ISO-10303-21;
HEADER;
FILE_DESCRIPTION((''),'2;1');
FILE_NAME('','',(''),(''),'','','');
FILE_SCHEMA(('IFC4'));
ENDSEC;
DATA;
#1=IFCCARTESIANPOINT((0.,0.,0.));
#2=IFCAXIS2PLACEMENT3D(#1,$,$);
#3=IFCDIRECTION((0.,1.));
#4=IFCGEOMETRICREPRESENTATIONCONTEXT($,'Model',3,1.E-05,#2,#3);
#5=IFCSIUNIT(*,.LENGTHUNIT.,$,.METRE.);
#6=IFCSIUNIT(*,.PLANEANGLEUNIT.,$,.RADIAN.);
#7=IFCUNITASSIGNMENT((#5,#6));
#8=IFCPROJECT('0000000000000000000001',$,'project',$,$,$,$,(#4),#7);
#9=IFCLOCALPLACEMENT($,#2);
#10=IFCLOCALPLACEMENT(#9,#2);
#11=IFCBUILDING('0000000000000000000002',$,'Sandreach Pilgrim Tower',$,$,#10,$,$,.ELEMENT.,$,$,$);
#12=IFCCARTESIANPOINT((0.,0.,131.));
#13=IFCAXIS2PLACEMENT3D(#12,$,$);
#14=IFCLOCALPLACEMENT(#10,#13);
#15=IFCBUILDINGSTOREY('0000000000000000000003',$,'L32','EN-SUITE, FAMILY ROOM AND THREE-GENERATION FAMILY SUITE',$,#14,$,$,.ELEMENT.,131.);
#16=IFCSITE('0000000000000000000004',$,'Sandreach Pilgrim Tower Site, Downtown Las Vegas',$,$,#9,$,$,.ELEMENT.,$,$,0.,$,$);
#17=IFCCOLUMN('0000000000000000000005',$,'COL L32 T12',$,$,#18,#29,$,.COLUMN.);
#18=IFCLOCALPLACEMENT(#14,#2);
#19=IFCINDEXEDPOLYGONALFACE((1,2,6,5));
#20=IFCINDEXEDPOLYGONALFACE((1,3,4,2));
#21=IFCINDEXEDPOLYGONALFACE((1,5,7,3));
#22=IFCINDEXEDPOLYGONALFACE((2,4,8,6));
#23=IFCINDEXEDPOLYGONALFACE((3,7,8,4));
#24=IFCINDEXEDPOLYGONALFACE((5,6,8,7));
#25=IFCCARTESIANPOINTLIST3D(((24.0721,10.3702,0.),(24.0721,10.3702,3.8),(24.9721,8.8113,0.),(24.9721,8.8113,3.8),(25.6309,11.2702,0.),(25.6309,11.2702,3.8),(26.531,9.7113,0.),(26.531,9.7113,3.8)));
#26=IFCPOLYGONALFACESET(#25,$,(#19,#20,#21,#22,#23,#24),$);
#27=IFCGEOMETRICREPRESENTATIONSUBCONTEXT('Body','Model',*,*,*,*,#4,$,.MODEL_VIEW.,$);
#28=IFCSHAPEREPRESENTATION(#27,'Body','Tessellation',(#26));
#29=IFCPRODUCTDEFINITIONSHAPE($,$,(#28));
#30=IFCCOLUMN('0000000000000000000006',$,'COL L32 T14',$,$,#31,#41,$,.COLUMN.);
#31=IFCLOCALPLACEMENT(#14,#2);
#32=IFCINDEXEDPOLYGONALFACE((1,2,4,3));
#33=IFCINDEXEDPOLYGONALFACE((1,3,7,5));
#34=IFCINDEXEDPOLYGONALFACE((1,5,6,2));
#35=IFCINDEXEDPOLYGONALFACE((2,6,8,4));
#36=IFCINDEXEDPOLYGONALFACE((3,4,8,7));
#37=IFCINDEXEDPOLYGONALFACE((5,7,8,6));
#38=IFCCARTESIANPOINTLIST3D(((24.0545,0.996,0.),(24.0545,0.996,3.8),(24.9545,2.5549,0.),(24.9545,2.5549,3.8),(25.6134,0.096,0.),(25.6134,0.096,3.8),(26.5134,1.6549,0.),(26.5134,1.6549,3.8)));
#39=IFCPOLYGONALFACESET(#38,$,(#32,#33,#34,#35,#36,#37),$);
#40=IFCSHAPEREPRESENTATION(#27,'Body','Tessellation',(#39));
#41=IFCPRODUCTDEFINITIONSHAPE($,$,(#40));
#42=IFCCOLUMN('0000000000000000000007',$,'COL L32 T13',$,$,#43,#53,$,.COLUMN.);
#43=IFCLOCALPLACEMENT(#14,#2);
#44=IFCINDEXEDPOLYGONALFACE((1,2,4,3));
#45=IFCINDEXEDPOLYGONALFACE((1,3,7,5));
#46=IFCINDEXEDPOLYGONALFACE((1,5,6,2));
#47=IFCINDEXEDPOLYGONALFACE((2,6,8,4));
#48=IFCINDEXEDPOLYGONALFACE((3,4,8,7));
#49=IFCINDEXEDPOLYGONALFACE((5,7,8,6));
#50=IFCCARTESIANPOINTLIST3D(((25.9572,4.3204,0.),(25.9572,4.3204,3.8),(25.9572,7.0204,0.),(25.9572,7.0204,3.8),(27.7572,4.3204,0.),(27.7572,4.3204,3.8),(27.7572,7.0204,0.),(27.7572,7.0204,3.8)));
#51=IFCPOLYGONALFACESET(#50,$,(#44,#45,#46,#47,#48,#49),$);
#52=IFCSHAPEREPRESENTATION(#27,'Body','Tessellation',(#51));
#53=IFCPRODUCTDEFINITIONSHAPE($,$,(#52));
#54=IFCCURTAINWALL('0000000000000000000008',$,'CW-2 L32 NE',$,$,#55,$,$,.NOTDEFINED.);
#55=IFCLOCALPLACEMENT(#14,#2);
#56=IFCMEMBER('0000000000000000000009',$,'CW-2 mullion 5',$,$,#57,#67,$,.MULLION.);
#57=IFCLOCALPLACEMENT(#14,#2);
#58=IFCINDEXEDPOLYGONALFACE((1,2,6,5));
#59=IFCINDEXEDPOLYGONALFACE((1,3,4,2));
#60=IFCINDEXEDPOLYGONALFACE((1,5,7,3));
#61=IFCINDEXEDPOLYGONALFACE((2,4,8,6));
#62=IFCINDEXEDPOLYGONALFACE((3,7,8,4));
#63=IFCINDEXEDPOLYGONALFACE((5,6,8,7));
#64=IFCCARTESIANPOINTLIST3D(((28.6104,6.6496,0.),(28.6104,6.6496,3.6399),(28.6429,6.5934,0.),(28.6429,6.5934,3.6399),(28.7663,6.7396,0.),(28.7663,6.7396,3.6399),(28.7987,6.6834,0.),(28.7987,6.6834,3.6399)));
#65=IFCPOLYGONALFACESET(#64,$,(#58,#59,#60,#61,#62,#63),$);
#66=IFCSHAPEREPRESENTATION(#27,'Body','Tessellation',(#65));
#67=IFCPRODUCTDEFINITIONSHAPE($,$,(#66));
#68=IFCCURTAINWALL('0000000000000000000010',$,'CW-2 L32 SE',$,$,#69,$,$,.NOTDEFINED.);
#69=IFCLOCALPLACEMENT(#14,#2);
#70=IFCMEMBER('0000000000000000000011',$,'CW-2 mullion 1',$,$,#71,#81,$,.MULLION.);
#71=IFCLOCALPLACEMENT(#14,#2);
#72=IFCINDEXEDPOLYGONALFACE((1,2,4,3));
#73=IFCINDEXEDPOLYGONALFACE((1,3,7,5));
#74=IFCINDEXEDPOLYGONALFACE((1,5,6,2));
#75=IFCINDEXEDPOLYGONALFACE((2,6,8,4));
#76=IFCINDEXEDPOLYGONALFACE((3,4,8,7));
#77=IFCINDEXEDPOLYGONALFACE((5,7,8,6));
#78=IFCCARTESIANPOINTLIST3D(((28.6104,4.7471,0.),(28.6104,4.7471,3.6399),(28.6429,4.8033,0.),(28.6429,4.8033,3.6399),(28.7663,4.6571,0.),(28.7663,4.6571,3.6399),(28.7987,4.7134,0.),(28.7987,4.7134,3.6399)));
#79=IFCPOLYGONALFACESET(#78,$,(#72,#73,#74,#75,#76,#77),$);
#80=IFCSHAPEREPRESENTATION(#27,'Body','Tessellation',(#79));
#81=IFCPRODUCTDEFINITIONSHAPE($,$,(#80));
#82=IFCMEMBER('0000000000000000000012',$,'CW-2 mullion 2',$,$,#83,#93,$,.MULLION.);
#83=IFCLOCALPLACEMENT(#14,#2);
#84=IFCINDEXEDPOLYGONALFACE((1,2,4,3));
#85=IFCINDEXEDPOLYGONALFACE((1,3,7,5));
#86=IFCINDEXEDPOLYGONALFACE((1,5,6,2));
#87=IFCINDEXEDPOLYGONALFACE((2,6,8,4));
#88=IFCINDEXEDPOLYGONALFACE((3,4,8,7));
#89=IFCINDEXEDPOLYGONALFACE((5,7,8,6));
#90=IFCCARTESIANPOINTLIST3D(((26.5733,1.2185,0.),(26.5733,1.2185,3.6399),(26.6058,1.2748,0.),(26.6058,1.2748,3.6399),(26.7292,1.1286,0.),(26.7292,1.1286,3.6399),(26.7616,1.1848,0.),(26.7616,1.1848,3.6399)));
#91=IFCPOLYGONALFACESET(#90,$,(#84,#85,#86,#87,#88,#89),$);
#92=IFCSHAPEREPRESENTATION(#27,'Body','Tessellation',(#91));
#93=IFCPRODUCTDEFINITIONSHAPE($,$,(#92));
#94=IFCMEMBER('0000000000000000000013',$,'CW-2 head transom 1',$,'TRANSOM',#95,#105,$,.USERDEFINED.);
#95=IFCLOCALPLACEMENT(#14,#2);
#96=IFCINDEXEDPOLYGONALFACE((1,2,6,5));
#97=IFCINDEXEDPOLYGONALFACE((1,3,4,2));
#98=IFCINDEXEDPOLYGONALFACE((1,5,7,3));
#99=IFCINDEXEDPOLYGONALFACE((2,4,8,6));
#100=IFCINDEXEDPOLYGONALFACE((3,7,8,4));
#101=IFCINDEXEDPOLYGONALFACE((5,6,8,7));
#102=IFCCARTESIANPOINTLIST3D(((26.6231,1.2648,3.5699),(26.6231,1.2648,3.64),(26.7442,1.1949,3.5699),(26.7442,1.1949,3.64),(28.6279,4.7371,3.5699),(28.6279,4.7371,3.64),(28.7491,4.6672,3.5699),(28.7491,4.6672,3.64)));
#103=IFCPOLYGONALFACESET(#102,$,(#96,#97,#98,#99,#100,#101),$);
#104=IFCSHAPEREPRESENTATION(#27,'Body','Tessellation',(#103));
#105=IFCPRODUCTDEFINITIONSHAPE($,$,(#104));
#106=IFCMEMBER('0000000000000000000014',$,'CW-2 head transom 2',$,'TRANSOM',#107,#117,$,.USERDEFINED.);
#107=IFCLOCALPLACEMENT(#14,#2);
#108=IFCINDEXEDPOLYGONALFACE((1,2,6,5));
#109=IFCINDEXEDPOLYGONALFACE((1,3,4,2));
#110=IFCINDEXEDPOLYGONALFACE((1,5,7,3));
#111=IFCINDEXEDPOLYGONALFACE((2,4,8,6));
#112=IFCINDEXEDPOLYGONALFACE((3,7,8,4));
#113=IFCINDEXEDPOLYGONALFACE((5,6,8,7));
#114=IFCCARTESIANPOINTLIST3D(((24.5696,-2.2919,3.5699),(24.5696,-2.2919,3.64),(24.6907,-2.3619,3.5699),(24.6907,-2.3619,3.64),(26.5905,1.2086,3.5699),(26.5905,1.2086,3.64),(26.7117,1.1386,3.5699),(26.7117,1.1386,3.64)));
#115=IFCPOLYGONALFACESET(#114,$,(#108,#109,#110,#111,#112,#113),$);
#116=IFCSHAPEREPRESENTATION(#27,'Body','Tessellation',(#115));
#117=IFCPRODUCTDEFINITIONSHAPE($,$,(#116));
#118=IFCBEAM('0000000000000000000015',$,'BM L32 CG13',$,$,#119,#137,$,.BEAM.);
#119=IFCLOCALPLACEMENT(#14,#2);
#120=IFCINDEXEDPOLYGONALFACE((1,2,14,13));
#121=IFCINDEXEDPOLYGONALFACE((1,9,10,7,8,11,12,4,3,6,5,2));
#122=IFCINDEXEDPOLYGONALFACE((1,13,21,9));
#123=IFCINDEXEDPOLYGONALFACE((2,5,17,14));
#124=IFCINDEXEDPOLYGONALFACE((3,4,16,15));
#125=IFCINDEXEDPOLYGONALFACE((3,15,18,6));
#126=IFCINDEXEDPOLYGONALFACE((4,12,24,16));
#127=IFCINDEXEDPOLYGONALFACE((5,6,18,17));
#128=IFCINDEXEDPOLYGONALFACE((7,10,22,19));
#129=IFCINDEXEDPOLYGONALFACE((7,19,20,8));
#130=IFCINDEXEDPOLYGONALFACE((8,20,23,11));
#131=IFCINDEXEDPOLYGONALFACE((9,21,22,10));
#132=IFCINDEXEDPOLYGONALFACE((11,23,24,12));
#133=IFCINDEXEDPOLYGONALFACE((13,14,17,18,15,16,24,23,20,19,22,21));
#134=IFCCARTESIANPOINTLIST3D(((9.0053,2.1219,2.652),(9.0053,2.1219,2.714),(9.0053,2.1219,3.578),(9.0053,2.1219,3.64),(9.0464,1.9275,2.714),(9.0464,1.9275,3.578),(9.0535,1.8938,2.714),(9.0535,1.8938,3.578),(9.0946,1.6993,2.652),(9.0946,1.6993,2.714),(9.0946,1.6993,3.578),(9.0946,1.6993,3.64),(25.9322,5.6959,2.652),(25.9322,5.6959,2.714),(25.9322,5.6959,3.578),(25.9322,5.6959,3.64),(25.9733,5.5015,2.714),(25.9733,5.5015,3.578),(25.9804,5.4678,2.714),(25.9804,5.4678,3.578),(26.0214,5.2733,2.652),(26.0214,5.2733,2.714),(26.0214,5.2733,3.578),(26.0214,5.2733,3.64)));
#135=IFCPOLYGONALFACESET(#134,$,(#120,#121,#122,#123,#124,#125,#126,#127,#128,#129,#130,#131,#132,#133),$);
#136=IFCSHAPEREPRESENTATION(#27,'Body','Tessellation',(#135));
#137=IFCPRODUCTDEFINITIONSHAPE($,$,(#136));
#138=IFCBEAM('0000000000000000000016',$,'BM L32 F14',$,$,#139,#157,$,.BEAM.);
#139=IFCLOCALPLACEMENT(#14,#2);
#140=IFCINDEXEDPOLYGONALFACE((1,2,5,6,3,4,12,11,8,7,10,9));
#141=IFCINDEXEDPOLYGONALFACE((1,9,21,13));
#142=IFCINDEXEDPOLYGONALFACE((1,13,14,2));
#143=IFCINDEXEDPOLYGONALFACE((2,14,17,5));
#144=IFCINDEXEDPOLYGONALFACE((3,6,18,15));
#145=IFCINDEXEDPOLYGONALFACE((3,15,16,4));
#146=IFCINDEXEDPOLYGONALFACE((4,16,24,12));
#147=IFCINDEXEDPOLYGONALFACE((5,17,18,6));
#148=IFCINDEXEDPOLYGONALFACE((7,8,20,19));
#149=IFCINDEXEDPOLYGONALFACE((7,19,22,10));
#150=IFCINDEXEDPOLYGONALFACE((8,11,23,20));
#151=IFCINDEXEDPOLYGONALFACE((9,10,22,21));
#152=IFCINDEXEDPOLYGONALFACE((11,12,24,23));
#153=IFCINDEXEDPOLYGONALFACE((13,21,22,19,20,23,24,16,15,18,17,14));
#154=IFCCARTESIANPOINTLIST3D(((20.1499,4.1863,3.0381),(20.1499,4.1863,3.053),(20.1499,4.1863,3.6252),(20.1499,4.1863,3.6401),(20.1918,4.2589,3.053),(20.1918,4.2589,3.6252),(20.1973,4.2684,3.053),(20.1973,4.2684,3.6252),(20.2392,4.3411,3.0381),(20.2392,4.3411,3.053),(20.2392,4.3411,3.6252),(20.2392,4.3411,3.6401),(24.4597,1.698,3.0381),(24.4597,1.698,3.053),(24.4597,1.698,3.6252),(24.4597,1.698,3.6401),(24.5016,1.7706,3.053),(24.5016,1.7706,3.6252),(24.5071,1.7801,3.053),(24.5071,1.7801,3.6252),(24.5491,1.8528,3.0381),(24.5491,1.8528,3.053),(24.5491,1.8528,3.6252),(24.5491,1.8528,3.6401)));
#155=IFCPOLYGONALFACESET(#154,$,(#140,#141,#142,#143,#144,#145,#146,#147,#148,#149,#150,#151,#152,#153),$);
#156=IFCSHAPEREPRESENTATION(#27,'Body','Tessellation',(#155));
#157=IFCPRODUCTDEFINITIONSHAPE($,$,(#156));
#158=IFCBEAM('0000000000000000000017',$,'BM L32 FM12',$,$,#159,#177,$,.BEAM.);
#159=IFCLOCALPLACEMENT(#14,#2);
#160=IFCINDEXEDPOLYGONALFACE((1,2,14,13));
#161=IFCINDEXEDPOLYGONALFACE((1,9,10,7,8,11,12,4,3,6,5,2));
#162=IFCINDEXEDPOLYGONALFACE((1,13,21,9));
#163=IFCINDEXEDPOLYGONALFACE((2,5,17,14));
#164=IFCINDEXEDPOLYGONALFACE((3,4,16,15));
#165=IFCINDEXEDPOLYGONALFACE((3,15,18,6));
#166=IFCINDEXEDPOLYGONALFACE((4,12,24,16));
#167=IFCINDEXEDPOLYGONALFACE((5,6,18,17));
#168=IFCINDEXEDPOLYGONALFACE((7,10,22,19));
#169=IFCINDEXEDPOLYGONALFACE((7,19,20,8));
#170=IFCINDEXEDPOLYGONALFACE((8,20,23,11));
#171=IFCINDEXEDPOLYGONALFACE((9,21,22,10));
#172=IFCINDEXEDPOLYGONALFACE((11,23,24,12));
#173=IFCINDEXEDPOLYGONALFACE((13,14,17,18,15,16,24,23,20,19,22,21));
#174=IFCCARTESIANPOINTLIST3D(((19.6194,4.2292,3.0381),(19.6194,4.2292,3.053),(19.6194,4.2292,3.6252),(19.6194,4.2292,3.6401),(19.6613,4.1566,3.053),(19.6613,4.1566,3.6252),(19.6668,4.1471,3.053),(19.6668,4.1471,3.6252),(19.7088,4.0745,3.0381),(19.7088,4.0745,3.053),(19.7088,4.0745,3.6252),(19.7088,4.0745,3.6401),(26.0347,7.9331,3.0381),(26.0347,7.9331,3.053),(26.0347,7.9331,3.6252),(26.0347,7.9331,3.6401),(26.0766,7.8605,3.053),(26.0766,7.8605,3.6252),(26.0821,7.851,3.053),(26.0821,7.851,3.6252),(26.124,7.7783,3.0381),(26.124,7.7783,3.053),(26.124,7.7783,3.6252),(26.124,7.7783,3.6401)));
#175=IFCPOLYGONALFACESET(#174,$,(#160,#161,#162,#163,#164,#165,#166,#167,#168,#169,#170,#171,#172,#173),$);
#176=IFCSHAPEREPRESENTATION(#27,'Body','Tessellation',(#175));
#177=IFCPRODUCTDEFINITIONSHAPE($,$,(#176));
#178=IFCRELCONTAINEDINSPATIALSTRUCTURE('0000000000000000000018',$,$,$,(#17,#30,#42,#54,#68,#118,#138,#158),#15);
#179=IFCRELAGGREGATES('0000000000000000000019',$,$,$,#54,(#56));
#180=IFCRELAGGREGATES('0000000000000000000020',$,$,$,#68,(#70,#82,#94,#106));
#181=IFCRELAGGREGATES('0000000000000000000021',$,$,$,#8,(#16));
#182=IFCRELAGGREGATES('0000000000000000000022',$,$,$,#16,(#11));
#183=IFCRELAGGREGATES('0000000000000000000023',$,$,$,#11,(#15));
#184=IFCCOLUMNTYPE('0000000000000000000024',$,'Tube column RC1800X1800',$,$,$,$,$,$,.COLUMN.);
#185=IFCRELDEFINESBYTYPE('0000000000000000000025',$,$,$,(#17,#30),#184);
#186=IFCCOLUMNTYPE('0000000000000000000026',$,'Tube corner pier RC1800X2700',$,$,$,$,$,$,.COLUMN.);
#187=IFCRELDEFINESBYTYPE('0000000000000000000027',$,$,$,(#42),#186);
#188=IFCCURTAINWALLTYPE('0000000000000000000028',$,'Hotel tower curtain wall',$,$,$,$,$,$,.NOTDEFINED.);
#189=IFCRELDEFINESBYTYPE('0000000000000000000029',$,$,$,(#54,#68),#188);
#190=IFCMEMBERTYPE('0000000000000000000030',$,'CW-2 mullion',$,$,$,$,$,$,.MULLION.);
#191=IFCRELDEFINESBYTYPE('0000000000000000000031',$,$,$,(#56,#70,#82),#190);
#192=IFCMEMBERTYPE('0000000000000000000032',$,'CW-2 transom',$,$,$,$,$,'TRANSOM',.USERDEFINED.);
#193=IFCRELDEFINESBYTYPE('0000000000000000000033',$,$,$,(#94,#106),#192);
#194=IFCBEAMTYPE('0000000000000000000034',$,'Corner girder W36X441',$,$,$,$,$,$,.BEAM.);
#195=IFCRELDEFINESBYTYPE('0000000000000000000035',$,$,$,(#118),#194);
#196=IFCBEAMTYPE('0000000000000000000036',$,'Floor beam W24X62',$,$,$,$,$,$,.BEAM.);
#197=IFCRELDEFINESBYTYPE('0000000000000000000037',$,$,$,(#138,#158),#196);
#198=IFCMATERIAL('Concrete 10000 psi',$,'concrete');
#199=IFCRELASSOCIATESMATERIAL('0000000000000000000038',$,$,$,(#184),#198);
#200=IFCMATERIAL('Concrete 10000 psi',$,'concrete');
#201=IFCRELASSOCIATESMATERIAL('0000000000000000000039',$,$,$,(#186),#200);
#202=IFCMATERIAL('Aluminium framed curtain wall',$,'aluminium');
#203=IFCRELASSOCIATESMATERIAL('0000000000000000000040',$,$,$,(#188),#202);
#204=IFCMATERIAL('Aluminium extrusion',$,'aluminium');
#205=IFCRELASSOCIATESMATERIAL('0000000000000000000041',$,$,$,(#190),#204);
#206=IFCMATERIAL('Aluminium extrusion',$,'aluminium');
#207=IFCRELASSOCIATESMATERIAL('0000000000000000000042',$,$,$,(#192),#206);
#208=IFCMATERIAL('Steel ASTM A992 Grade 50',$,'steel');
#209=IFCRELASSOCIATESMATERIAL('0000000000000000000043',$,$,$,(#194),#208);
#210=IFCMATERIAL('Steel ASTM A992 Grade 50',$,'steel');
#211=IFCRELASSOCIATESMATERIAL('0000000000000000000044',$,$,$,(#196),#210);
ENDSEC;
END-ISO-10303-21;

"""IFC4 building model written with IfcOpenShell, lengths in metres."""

from ifc_helpers import new_model, si_unit, direction, frame, origin, origin_2d, place, context, subcontext, project, spatial, rectangle, i_section, extrude, material, material_profile, profile_set, type_object, element, aggregate, save


model = new_model("IFC4")

# Units and contexts
model_context = context("Model", 3, precision=1e-05, world=origin(), true_north=direction((0.0, 1.0)))
body_context = subcontext(model_context, "Body", "Model", "MODEL_VIEW")
ifc_project = project(units=[si_unit("LENGTHUNIT", "METRE"), si_unit("PLANEANGLEUNIT", "RADIAN")], contexts=[model_context])

# Site, building, storey
site_placement = place(None, origin())
site = spatial("IfcSite", under=ifc_project, at=site_placement, Name="Sandreach Pilgrim Tower Site, Downtown Las Vegas", CompositionType="ELEMENT", RefElevation=0.0)
building_placement = place(site_placement, origin())
building = spatial("IfcBuilding", under=site, at=building_placement, Name="Sandreach Pilgrim Tower", CompositionType="ELEMENT")
storey_placement = place(building_placement, frame((0.0, 0.0, 131.0)))
storey = spatial("IfcBuildingStorey", under=building, at=storey_placement, Name="L32", Description="EN-SUITE, FAMILY ROOM AND THREE-GENERATION FAMILY SUITE", CompositionType="ELEMENT", Elevation=131.0)

# Columns
ifc_material_1 = material(Name="Concrete 10000 psi", Category="concrete")
ifc_material_profile_1 = material_profile(ifc_material_1, rectangle(XDim=1.8, YDim=1.8, at=origin_2d()), Name="RC1800X1800")
ifc_profile_set_1 = profile_set([ifc_material_profile_1], Name="Concrete 10000 psi")
column_type_1 = type_object("IfcColumnType", Name="Tube column RC1800X1800", PredefinedType="COLUMN", material=ifc_profile_set_1)
for number, where, z_axis, x_axis, name in (
    (1, (25.3015, 10.0408, 0.0), (0.0, 0.0, 1.0), (0.866025, 0.5, 0.0), "COL L32 T12"),
    (2, (25.2839, 1.3254, 0.0), (0.0, 0.0, 1.0), (0.866025, -0.5, 0.0), "COL L32 T14"),
):
    element("IfcColumn", number, at=place(storey_placement, frame(where, z_axis=z_axis, x_axis=x_axis)), inside=storey, type_object=column_type_1, Name=name, PredefinedType="COLUMN", context=body_context, shape_type="SweptSolid", body=[
        extrude(rectangle(XDim=1.8, YDim=1.8, at=origin_2d()), origin(), (0.0, 0.0, 1.0), 3.8),
    ])
ifc_material_2 = material(Name="Concrete 10000 psi", Category="concrete")
ifc_material_profile_2 = material_profile(ifc_material_2, rectangle(XDim=1.8, YDim=2.7, at=origin_2d()), Name="RC1800X2700")
ifc_profile_set_2 = profile_set([ifc_material_profile_2], Name="Concrete 10000 psi")
column_type_2 = type_object("IfcColumnType", Name="Tube corner pier RC1800X2700", PredefinedType="COLUMN", material=ifc_profile_set_2)
column_placement = place(storey_placement, frame((26.8572, 5.6704, 0.0), z_axis=(0.0, 0.0, 1.0), x_axis=(1.0, 0.0, 0.0)))
element("IfcColumn", 3, at=column_placement, inside=storey, type_object=column_type_2, Name="COL L32 T13", PredefinedType="COLUMN", context=body_context, shape_type="SweptSolid", body=[
    extrude(rectangle(XDim=1.8, YDim=2.7, at=origin_2d()), origin(), (0.0, 0.0, 1.0), 3.8),
])

# Curtain wall, member
ifc_material_3 = material(Name="Aluminium framed curtain wall", Category="aluminium")
curtain_wall_type = type_object("IfcCurtainWallType", Name="Hotel tower curtain wall", PredefinedType="NOTDEFINED", material=ifc_material_3)
curtain_wall_1_placement = place(storey_placement, origin())
curtain_wall_1 = element("IfcCurtainWall", 4, at=curtain_wall_1_placement, inside=storey, type_object=curtain_wall_type, Name="CW-2 L32 NE", PredefinedType="NOTDEFINED")
ifc_material_4 = material(Name="Aluminium extrusion", Category="aluminium")
ifc_material_profile_3 = material_profile(ifc_material_4, rectangle(XDim=0.0649, YDim=0.1799, at=origin_2d()), Name="CW-2M 65X180")
ifc_profile_set_3 = profile_set([ifc_material_profile_3], Name="Aluminium extrusion")
member_type_1 = type_object("IfcMemberType", Name="CW-2 mullion", PredefinedType="MULLION", material=ifc_profile_set_3)
member_1_placement = place(storey_placement, frame((28.7046, 6.6665, 0.0), z_axis=(0.0, 0.0, 1.0), x_axis=(0.5, -0.866025, 0.0)))
member_1 = element("IfcMember", 5, at=member_1_placement, type_object=member_type_1, Name="CW-2 mullion 5", PredefinedType="MULLION", context=body_context, shape_type="SweptSolid", body=[
    extrude(rectangle(XDim=0.0649, YDim=0.1799, at=origin_2d()), origin(), (0.0, 0.0, 1.0), 3.6399),
])

# Curtain wall, members
curtain_wall_2_placement = place(storey_placement, origin())
curtain_wall_2 = element("IfcCurtainWall", 6, at=curtain_wall_2_placement, inside=storey, type_object=curtain_wall_type, Name="CW-2 L32 SE", PredefinedType="NOTDEFINED")
member_2_placement = place(storey_placement, frame((28.7046, 4.7302, 0.0), z_axis=(0.0, 0.0, 1.0), x_axis=(-0.5, -0.866025, 0.0)))
member_2 = element("IfcMember", 7, at=member_2_placement, type_object=member_type_1, Name="CW-2 mullion 1", PredefinedType="MULLION", context=body_context, shape_type="SweptSolid", body=[
    extrude(rectangle(XDim=0.0649, YDim=0.1799, at=origin_2d()), origin(), (0.0, 0.0, 1.0), 3.6399),
])
member_3_placement = place(storey_placement, frame((26.6675, 1.2017, 0.0), z_axis=(0.0, 0.0, 1.0), x_axis=(-0.5, -0.866025, 0.0)))
member_3 = element("IfcMember", 8, at=member_3_placement, type_object=member_type_1, Name="CW-2 mullion 2", PredefinedType="MULLION", context=body_context, shape_type="SweptSolid", body=[
    extrude(rectangle(XDim=0.0649, YDim=0.1799, at=origin_2d()), origin(), (0.0, 0.0, 1.0), 3.6399),
])
ifc_material_5 = material(Name="Aluminium extrusion", Category="aluminium")
ifc_material_profile_4 = material_profile(ifc_material_5, rectangle(XDim=0.1399, YDim=0.0701, at=origin_2d()), Name="CW-2T 140X70")
ifc_profile_set_4 = profile_set([ifc_material_profile_4], Name="Aluminium extrusion")
member_type_2 = type_object("IfcMemberType", Name="CW-2 transom", ElementType="TRANSOM", PredefinedType="USERDEFINED", material=ifc_profile_set_4)
member_4_placement = place(storey_placement, frame((28.6885, 4.7021, 3.605), z_axis=(-0.500016, -0.866016, 0.0), x_axis=(0.866016, -0.500016, 0.0)))
member_4 = element("IfcMember", 9, at=member_4_placement, type_object=member_type_2, Name="CW-2 head transom 1", ObjectType="TRANSOM", PredefinedType="USERDEFINED", context=body_context, shape_type="SweptSolid", body=[
    extrude(rectangle(XDim=0.1399, YDim=0.0701, at=origin_2d()), origin(), (0.0, 0.0, 1.0), 4.0095),
])
member_5_placement = place(storey_placement, frame((26.6511, 1.1736, 3.605), z_axis=(-0.499998, -0.866027, 0.0), x_axis=(0.866027, -0.499998, 0.0)))
member_5 = element("IfcMember", 10, at=member_5_placement, type_object=member_type_2, Name="CW-2 head transom 2", ObjectType="TRANSOM", PredefinedType="USERDEFINED", context=body_context, shape_type="SweptSolid", body=[
    extrude(rectangle(XDim=0.1399, YDim=0.0701, at=origin_2d()), origin(), (0.0, 0.0, 1.0), 4.042),
])

# Beams
ifc_material_6 = material(Name="Steel ASTM A992 Grade 50", Category="steel")
ifc_material_profile_5 = material_profile(ifc_material_6, i_section(OverallWidth=0.4319, OverallDepth=0.988, WebThickness=0.0344, FlangeThickness=0.062, at=origin_2d()), Name="W36X441")
ifc_profile_set_5 = profile_set([ifc_material_profile_5], Name="Steel ASTM A992 Grade 50")
beam_type_1 = type_object("IfcBeamType", Name="Corner girder W36X441", PredefinedType="BEAM", material=ifc_profile_set_5)
beam_1_placement = place(storey_placement, frame((25.9768, 5.4846, 3.146), z_axis=(-0.978428, -0.206589, 0.0), x_axis=(0.206589, -0.978428, 0.0)))
element("IfcBeam", 11, at=beam_1_placement, inside=storey, type_object=beam_type_1, Name="BM L32 CG13", PredefinedType="BEAM", context=body_context, shape_type="SweptSolid", body=[
    extrude(i_section(OverallWidth=0.4319, OverallDepth=0.988, WebThickness=0.0344, FlangeThickness=0.062, at=origin_2d()), origin(), (0.0, 0.0, 1.0), 17.3),
])
ifc_material_7 = material(Name="Steel ASTM A992 Grade 50", Category="steel")
ifc_material_profile_6 = material_profile(ifc_material_7, i_section(OverallWidth=0.1787, OverallDepth=0.6021, WebThickness=0.011, FlangeThickness=0.0149, at=origin_2d()), Name="W24X62")
ifc_profile_set_6 = profile_set([ifc_material_profile_6], Name="Steel ASTM A992 Grade 50")
beam_type_2 = type_object("IfcBeamType", Name="Floor beam W24X62", PredefinedType="BEAM", material=ifc_profile_set_6)
beam_2_placement = place(storey_placement, frame((24.5044, 1.7754, 3.3391), z_axis=(-0.866025, 0.500001, 0.0), x_axis=(-0.500001, -0.866025, 0.0)))
element("IfcBeam", 12, at=beam_2_placement, inside=storey, type_object=beam_type_2, Name="BM L32 F14", PredefinedType="BEAM", context=body_context, shape_type="SweptSolid", body=[
    extrude(i_section(OverallWidth=0.1787, OverallDepth=0.6021, WebThickness=0.011, FlangeThickness=0.0149, at=origin_2d()), origin(), (0.0, 0.0, 1.0), 4.9766),
])
beam_3_placement = place(storey_placement, frame((26.0793, 7.8557, 3.3391), z_axis=(-0.866026, -0.499999, 0.0), x_axis=(0.499999, -0.866026, 0.0)))
element("IfcBeam", 13, at=beam_3_placement, inside=storey, type_object=beam_type_2, Name="BM L32 FM12", PredefinedType="BEAM", context=body_context, shape_type="SweptSolid", body=[
    extrude(i_section(OverallWidth=0.1787, OverallDepth=0.6021, WebThickness=0.011, FlangeThickness=0.0149, at=origin_2d()), origin(), (0.0, 0.0, 1.0), 7.4077),
])

aggregate(curtain_wall_1, [member_1])
aggregate(curtain_wall_2, [member_2, member_3, member_4, member_5])

save(model, "model.ifc")
